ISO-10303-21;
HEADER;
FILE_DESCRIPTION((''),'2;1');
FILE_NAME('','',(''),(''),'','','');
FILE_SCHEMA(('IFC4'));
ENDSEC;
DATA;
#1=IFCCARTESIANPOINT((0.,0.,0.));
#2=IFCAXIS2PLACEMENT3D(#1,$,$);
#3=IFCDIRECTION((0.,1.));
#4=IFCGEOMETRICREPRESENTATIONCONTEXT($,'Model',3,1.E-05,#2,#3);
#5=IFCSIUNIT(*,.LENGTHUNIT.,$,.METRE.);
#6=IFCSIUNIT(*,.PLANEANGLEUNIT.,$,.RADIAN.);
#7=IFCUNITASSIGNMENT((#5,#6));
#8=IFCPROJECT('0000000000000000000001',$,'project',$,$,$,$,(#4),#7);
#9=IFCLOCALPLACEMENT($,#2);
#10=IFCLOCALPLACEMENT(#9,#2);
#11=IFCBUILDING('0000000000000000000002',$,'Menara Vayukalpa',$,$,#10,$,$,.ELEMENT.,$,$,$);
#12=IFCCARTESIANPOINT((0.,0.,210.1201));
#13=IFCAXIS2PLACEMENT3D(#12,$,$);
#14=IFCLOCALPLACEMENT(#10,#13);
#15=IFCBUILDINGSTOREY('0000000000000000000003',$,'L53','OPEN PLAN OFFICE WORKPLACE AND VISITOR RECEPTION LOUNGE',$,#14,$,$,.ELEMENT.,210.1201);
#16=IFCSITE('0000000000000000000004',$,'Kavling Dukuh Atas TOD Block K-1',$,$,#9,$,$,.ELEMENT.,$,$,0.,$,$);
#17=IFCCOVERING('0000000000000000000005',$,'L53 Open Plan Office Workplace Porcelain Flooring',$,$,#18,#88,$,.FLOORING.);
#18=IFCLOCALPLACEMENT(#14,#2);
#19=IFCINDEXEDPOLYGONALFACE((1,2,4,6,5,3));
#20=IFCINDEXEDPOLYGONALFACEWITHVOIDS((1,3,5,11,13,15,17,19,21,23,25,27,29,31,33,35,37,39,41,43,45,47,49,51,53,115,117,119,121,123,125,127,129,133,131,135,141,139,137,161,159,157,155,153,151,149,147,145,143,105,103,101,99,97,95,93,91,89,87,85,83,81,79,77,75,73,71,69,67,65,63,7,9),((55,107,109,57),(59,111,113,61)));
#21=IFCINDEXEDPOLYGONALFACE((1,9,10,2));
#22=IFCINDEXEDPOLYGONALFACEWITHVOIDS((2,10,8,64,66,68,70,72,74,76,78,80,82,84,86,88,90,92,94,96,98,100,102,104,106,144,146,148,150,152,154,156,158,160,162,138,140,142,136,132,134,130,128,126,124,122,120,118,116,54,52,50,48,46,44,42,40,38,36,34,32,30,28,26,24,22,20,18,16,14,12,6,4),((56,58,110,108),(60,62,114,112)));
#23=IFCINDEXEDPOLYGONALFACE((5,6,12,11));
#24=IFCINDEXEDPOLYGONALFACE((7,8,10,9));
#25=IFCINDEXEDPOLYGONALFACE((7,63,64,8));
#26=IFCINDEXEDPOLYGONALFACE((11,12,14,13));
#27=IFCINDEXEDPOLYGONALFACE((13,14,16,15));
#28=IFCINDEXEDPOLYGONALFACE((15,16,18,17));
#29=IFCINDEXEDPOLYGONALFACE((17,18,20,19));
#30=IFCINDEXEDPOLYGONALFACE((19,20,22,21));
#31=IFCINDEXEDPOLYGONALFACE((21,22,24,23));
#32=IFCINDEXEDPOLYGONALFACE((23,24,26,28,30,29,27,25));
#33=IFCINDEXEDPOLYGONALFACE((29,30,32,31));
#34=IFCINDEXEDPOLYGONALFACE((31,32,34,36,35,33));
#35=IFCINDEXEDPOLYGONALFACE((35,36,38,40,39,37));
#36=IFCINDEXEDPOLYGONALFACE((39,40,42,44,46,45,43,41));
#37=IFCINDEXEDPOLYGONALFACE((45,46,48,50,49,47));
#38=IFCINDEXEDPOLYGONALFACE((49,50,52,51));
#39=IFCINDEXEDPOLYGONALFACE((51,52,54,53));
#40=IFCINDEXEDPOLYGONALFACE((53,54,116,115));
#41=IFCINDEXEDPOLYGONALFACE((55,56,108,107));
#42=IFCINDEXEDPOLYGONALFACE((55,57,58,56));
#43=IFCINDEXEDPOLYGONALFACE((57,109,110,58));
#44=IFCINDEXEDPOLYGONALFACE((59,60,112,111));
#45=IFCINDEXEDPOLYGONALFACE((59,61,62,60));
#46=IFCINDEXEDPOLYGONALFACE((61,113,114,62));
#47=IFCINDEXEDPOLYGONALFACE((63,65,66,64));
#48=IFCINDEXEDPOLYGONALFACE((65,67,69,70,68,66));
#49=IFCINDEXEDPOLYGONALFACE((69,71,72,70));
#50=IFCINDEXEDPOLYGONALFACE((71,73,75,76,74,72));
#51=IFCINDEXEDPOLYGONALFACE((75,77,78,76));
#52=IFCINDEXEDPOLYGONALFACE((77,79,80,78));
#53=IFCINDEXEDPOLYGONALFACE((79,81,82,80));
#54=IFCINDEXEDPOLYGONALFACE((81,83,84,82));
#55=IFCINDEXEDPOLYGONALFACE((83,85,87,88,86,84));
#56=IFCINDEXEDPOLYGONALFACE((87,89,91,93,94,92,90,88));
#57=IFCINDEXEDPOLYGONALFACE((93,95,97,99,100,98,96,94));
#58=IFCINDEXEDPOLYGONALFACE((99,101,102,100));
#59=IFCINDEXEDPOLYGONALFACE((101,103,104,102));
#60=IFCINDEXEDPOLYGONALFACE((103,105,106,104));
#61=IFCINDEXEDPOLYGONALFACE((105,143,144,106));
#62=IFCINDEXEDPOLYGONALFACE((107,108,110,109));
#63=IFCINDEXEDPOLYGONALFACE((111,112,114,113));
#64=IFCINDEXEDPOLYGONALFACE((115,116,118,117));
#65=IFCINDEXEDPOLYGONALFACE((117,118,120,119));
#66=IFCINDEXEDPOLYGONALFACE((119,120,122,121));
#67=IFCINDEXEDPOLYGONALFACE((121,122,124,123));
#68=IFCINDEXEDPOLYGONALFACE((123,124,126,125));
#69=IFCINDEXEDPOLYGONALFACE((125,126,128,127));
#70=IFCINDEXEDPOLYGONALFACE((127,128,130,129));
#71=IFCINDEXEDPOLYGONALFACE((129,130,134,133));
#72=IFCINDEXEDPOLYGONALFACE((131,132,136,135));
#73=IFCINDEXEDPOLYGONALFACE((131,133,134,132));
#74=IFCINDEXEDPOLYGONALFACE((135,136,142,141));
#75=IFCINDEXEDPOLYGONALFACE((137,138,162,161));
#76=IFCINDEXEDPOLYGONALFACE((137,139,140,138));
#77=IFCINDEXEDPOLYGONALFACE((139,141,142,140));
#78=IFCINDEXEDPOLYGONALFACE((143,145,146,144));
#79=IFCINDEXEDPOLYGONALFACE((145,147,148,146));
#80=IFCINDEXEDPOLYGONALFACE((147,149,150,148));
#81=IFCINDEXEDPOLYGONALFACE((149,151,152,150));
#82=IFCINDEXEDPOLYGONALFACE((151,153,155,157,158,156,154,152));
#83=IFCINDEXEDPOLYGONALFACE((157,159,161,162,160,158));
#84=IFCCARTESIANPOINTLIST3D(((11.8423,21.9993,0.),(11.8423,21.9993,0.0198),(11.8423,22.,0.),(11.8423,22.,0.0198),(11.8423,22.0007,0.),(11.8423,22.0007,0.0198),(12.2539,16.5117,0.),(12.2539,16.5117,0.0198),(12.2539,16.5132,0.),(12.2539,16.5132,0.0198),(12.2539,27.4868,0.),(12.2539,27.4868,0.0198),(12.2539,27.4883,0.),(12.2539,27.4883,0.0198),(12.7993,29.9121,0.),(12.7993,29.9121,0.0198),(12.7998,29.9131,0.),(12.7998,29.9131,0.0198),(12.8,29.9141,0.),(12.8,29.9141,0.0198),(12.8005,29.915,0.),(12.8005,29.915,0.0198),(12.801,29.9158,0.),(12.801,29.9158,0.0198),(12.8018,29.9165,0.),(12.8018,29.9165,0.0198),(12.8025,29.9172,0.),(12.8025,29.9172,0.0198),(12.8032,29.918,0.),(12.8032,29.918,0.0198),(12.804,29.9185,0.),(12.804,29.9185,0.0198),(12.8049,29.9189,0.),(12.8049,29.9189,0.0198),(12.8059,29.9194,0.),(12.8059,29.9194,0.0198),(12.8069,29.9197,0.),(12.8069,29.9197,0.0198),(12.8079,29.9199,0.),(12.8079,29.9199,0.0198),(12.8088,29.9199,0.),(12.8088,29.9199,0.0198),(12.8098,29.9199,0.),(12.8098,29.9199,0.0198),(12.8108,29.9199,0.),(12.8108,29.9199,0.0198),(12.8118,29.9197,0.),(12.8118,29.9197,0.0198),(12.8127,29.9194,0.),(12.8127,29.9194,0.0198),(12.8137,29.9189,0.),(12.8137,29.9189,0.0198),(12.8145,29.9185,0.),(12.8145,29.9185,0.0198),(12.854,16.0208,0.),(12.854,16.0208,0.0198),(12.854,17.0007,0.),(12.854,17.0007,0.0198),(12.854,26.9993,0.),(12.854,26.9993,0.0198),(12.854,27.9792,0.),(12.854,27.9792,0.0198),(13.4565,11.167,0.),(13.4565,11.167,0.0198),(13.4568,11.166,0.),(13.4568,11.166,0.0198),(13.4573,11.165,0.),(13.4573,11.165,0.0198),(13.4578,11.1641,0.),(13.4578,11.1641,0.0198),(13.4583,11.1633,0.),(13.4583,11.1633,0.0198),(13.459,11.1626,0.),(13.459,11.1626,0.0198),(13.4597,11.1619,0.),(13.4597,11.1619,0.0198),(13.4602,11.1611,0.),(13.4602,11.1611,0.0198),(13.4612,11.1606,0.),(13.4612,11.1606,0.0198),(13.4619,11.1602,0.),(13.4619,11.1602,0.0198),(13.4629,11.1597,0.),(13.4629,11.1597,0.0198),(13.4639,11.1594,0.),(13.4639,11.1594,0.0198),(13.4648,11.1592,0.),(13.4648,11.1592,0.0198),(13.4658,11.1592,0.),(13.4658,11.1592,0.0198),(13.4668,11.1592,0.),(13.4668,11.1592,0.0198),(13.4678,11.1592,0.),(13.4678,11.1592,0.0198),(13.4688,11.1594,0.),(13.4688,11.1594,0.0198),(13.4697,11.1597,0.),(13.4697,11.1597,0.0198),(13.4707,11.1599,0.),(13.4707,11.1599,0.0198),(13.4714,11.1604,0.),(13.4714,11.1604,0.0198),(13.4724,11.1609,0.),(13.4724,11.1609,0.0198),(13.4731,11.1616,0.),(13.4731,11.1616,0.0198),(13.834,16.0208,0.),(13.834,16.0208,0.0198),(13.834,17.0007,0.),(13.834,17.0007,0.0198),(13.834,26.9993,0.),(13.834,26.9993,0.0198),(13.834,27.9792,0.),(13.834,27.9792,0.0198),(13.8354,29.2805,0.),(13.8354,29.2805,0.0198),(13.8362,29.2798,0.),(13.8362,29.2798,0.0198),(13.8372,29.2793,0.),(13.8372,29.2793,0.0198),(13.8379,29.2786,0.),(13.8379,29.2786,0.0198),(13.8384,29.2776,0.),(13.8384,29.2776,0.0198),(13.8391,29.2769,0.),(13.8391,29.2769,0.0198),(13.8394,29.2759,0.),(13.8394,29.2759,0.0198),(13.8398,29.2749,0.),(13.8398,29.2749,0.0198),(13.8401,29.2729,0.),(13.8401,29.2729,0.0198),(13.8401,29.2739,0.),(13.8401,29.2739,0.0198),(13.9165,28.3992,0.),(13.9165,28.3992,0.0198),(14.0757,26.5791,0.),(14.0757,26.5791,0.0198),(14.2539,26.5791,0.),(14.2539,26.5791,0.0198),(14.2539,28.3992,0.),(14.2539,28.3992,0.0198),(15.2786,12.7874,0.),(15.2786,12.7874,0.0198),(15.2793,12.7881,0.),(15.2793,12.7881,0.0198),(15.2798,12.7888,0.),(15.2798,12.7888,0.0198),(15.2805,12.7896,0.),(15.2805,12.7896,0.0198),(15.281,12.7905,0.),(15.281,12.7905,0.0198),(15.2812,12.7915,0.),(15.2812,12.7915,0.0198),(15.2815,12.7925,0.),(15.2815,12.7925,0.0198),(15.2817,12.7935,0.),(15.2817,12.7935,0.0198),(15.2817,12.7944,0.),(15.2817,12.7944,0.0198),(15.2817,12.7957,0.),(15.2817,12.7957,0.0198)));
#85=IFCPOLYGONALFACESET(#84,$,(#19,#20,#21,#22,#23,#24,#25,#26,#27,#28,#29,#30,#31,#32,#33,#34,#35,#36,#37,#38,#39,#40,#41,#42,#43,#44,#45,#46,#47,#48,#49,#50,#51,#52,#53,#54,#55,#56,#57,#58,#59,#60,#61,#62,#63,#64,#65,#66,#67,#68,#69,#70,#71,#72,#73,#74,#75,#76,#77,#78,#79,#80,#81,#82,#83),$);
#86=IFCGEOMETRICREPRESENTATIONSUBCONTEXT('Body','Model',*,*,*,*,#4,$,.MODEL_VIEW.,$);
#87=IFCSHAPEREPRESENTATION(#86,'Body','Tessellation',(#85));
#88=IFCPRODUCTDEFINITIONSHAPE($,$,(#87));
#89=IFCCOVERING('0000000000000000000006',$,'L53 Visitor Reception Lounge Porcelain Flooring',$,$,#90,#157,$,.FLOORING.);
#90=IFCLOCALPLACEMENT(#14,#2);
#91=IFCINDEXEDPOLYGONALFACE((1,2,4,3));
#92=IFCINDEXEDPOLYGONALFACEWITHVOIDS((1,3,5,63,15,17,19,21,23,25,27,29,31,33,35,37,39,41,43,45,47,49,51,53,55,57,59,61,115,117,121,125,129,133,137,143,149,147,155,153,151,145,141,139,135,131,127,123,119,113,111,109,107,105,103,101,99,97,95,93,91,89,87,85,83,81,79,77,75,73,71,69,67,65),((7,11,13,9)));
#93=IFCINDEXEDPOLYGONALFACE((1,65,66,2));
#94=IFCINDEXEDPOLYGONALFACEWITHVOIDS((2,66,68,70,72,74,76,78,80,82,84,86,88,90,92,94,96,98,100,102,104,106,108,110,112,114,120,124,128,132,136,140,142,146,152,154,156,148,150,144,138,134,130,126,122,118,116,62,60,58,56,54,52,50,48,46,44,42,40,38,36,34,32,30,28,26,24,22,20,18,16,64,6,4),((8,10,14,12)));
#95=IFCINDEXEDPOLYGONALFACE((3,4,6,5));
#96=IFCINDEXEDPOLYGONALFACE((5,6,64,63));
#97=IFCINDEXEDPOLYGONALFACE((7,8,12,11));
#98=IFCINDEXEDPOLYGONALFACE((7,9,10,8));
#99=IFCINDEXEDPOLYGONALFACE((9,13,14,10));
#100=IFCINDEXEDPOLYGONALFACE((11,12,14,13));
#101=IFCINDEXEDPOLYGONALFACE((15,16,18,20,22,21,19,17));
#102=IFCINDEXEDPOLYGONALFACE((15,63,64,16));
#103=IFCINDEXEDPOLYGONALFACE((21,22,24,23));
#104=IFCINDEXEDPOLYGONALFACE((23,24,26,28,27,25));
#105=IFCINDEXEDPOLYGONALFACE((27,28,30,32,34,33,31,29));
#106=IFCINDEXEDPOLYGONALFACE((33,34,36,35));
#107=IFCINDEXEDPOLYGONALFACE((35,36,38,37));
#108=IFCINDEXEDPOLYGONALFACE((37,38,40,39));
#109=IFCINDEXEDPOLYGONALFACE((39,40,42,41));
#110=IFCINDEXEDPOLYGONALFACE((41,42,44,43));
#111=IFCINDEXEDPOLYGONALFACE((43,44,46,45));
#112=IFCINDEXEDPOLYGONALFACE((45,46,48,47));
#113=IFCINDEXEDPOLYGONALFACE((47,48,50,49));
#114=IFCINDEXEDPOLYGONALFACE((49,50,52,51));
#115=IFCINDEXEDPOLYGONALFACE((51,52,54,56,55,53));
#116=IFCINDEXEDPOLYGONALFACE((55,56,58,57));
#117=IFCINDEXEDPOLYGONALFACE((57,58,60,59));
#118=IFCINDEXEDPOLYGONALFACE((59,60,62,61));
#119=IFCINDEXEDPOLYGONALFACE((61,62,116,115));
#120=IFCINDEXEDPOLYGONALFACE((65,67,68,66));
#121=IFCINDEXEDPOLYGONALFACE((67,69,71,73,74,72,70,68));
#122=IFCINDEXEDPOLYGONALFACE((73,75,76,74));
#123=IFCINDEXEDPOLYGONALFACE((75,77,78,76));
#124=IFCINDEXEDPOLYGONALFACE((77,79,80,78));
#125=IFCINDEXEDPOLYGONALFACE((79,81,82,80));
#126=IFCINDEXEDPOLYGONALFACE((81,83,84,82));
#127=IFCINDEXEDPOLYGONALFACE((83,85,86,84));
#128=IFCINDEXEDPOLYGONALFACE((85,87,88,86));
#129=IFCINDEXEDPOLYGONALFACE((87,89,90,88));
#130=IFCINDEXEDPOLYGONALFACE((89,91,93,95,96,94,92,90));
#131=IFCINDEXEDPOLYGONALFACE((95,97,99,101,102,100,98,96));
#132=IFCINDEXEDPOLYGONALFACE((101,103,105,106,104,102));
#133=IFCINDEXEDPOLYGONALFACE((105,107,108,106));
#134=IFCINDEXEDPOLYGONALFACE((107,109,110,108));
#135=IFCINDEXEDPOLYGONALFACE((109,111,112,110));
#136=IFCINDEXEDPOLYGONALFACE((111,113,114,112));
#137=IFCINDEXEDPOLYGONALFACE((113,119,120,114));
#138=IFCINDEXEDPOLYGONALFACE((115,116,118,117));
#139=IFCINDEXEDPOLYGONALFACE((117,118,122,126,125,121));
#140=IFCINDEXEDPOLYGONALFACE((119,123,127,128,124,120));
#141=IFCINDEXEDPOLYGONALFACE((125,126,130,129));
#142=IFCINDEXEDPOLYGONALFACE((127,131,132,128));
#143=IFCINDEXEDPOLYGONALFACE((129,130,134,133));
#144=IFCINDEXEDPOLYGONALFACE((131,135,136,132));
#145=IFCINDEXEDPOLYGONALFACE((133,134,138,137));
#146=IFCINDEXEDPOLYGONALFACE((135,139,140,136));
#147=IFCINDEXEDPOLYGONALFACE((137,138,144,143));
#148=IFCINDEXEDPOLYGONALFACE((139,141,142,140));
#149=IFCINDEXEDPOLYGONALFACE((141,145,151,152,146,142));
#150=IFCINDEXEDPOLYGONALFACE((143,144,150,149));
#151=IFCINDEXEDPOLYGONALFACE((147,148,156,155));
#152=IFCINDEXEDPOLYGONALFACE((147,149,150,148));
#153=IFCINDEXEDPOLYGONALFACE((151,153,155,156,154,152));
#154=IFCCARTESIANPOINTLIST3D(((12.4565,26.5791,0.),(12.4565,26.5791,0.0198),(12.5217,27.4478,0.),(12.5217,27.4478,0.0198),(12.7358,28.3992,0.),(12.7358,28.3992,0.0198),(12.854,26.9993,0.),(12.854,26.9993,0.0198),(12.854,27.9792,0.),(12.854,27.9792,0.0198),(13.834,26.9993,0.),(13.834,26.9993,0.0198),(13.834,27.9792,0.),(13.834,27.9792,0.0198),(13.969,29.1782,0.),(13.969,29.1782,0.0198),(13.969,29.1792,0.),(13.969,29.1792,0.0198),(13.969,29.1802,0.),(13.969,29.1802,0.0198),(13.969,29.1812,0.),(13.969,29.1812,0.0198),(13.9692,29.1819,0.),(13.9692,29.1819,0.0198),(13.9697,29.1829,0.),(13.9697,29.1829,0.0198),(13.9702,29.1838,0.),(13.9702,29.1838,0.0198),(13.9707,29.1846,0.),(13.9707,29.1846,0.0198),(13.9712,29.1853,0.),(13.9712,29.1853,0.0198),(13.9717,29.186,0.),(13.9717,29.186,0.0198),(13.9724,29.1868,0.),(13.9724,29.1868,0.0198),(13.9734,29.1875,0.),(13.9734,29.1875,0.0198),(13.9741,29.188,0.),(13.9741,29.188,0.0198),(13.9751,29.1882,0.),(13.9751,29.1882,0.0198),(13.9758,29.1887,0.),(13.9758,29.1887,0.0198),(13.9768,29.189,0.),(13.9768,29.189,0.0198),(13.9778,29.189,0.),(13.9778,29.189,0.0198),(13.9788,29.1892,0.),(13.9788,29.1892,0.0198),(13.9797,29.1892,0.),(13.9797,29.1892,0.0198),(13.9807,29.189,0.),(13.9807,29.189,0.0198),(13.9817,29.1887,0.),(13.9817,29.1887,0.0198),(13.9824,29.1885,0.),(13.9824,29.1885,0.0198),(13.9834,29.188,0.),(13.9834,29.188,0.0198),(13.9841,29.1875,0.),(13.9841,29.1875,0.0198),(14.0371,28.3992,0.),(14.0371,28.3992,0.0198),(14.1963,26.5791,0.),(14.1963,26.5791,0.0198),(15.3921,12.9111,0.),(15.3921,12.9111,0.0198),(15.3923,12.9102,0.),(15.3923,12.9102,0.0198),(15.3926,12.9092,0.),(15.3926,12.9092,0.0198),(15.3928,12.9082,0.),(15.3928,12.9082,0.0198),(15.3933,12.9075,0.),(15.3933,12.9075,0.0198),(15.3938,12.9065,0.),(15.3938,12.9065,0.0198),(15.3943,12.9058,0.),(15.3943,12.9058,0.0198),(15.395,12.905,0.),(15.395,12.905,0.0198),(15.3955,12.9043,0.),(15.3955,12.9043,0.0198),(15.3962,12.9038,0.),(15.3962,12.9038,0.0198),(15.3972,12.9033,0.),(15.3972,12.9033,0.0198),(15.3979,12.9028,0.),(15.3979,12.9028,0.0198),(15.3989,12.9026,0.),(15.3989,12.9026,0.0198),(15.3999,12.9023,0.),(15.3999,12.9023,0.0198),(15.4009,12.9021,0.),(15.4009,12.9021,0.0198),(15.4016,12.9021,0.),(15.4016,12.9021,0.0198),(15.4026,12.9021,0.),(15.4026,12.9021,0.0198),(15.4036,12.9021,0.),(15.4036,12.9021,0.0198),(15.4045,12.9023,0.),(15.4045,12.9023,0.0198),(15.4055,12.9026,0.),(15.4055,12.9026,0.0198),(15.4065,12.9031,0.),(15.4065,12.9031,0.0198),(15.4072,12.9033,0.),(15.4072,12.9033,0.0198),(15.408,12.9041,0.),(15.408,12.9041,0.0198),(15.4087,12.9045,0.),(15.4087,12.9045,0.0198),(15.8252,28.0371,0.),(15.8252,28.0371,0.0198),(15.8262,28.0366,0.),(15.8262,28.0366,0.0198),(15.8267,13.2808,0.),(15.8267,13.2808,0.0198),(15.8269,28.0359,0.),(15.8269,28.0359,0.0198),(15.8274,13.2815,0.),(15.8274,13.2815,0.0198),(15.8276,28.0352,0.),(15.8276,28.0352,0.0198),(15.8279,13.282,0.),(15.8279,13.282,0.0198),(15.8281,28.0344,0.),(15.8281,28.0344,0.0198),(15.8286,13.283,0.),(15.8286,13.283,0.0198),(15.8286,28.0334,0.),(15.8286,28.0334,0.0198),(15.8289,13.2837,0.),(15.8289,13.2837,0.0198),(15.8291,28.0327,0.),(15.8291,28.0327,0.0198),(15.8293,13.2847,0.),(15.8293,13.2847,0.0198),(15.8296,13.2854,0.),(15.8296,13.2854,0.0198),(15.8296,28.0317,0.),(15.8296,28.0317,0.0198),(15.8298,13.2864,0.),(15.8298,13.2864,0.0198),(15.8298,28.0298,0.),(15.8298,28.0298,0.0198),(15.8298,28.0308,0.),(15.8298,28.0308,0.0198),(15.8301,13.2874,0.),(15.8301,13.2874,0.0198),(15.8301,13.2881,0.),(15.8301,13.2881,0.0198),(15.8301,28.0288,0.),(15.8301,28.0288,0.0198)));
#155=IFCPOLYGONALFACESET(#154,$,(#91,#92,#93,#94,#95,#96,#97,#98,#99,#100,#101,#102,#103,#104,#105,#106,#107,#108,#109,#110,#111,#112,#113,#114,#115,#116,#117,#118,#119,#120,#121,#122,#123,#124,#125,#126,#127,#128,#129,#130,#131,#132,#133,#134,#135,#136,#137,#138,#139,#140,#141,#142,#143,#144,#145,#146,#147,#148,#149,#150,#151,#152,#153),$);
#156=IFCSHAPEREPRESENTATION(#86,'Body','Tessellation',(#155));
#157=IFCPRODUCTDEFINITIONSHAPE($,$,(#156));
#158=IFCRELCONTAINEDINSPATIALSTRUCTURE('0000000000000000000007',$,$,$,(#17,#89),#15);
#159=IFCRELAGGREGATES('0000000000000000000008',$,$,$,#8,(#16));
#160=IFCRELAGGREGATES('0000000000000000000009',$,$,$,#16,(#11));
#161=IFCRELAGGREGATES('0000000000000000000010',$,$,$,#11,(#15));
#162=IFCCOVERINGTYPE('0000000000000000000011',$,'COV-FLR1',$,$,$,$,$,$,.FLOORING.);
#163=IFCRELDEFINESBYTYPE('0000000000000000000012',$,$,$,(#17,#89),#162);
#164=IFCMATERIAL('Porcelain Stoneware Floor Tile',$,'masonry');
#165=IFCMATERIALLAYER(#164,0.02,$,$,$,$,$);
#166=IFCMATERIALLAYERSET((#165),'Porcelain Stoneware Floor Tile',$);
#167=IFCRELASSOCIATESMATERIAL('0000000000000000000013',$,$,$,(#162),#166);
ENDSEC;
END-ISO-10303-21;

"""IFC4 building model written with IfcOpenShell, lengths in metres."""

from ifc_helpers import new_model, si_unit, direction, frame, origin, place, context, subcontext, project, spatial, polyline, outline, extrude, material, layer, layer_set, type_object, element, save


model = new_model("IFC4")

# Units and contexts
model_context = context("Model", 3, precision=1e-05, world=origin(), true_north=direction((0.0, 1.0)))
body_context = subcontext(model_context, "Body", "Model", "MODEL_VIEW")
ifc_project = project(units=[si_unit("LENGTHUNIT", "METRE"), si_unit("PLANEANGLEUNIT", "RADIAN")], contexts=[model_context])

# Site, building, storey
site_placement = place(None, origin())
site = spatial("IfcSite", under=ifc_project, at=site_placement, Name="Kavling Dukuh Atas TOD Block K-1", CompositionType="ELEMENT", RefElevation=0.0)
building_placement = place(site_placement, origin())
building = spatial("IfcBuilding", under=site, at=building_placement, Name="Menara Vayukalpa", CompositionType="ELEMENT")
storey_placement = place(building_placement, frame((0.0, 0.0, 210.1201)))
storey = spatial("IfcBuildingStorey", under=building, at=storey_placement, Name="L53", Description="OPEN PLAN OFFICE WORKPLACE AND VISITOR RECEPTION LOUNGE", CompositionType="ELEMENT", Elevation=210.1201)

# Coverings
ifc_material_1 = material(Name="Porcelain Stoneware Floor Tile", Category="masonry")
ifc_layer_1 = layer(ifc_material_1, 0.02)
ifc_layer_set_1 = layer_set([ifc_layer_1], Name="Porcelain Stoneware Floor Tile")
covering_type_1 = type_object("IfcCoveringType", Name="COV-FLR1", PredefinedType="FLOORING", material=ifc_layer_set_1)
covering_1_placement = place(storey_placement, origin())
element("IfcCovering", 1, at=covering_1_placement, inside=storey, type_object=covering_type_1, Name="L53 Open Plan Office Workplace Porcelain Flooring", PredefinedType="FLOORING", context=body_context, shape_type="SweptSolid", body=[
    extrude(outline(polyline([(11.8423, 22.0), (11.8423, 22.0007), (12.2539, 27.4868), (12.2539, 27.4883), (12.7993, 29.9121), (12.7998, 29.9131), (12.8, 29.9141), (12.8005, 29.915), (12.801, 29.9158), (12.8018, 29.9165), (12.8025, 29.9172), (12.8032, 29.918), (12.804, 29.9185), (12.8049, 29.9189), (12.8059, 29.9194), (12.8069, 29.9197), (12.8079, 29.9199), (12.8088, 29.9199), (12.8098, 29.9199), (12.8108, 29.9199), (12.8118, 29.9197), (12.8127, 29.9194), (12.8137, 29.9189), (12.8145, 29.9185), (13.8354, 29.2805), (13.8362, 29.2798), (13.8372, 29.2793), (13.8379, 29.2786), (13.8384, 29.2776), (13.8391, 29.2769), (13.8394, 29.2759), (13.8398, 29.2749), (13.8401, 29.2739), (13.8401, 29.2729), (13.9165, 28.3992), (14.2539, 28.3992), (14.2539, 26.5791), (14.0757, 26.5791), (15.2817, 12.7957), (15.2817, 12.7944), (15.2817, 12.7935), (15.2815, 12.7925), (15.2812, 12.7915), (15.281, 12.7905), (15.2805, 12.7896), (15.2798, 12.7888), (15.2793, 12.7881), (15.2786, 12.7874), (13.4731, 11.1616), (13.4724, 11.1609), (13.4714, 11.1604), (13.4707, 11.1599), (13.4697, 11.1597), (13.4688, 11.1594), (13.4678, 11.1592), (13.4668, 11.1592), (13.4658, 11.1592), (13.4648, 11.1592), (13.4639, 11.1594), (13.4629, 11.1597), (13.4619, 11.1602), (13.4612, 11.1606), (13.4602, 11.1611), (13.4597, 11.1619), (13.459, 11.1626), (13.4583, 11.1633), (13.4578, 11.1641), (13.4573, 11.165), (13.4568, 11.166), (13.4565, 11.167), (12.2539, 16.5117), (12.2539, 16.5132), (11.8423, 21.9993), (11.8423, 22.0)]), holes=[polyline([(13.834, 17.0007), (12.854, 17.0007), (12.854, 16.0208), (13.834, 16.0208), (13.834, 17.0007)]), polyline([(13.834, 27.9792), (12.854, 27.9792), (12.854, 26.9993), (13.834, 26.9993), (13.834, 27.9792)])]), origin(), (0.0, 0.0, 1.0), 0.0198),
])
covering_2_placement = place(storey_placement, origin())
element("IfcCovering", 2, at=covering_2_placement, inside=storey, type_object=covering_type_1, Name="L53 Visitor Reception Lounge Porcelain Flooring", PredefinedType="FLOORING", context=body_context, shape_type="SweptSolid", body=[
    extrude(outline(polyline([(15.8298, 13.2864), (15.8296, 13.2854), (15.8293, 13.2847), (15.8289, 13.2837), (15.8286, 13.283), (15.8279, 13.282), (15.8274, 13.2815), (15.8267, 13.2808), (15.4087, 12.9045), (15.408, 12.9041), (15.4072, 12.9033), (15.4065, 12.9031), (15.4055, 12.9026), (15.4045, 12.9023), (15.4036, 12.9021), (15.4026, 12.9021), (15.4016, 12.9021), (15.4009, 12.9021), (15.3999, 12.9023), (15.3989, 12.9026), (15.3979, 12.9028), (15.3972, 12.9033), (15.3962, 12.9038), (15.3955, 12.9043), (15.395, 12.905), (15.3943, 12.9058), (15.3938, 12.9065), (15.3933, 12.9075), (15.3928, 12.9082), (15.3926, 12.9092), (15.3923, 12.9102), (15.3921, 12.9111), (14.1963, 26.5791), (12.4565, 26.5791), (12.5217, 27.4478), (12.7358, 28.3992), (14.0371, 28.3992), (13.969, 29.1782), (13.969, 29.1792), (13.969, 29.1802), (13.969, 29.1812), (13.9692, 29.1819), (13.9697, 29.1829), (13.9702, 29.1838), (13.9707, 29.1846), (13.9712, 29.1853), (13.9717, 29.186), (13.9724, 29.1868), (13.9734, 29.1875), (13.9741, 29.188), (13.9751, 29.1882), (13.9758, 29.1887), (13.9768, 29.189), (13.9778, 29.189), (13.9788, 29.1892), (13.9797, 29.1892), (13.9807, 29.189), (13.9817, 29.1887), (13.9824, 29.1885), (13.9834, 29.188), (13.9841, 29.1875), (15.8252, 28.0371), (15.8262, 28.0366), (15.8269, 28.0359), (15.8276, 28.0352), (15.8281, 28.0344), (15.8286, 28.0334), (15.8291, 28.0327), (15.8296, 28.0317), (15.8298, 28.0308), (15.8298, 28.0298), (15.8301, 28.0288), (15.8301, 13.2881), (15.8301, 13.2874), (15.8298, 13.2864)]), holes=[polyline([(13.834, 27.9792), (12.854, 27.9792), (12.854, 26.9993), (13.834, 26.9993), (13.834, 27.9792)])]), origin(), (0.0, 0.0, 1.0), 0.0198),
])

save(model, "model.ifc")
